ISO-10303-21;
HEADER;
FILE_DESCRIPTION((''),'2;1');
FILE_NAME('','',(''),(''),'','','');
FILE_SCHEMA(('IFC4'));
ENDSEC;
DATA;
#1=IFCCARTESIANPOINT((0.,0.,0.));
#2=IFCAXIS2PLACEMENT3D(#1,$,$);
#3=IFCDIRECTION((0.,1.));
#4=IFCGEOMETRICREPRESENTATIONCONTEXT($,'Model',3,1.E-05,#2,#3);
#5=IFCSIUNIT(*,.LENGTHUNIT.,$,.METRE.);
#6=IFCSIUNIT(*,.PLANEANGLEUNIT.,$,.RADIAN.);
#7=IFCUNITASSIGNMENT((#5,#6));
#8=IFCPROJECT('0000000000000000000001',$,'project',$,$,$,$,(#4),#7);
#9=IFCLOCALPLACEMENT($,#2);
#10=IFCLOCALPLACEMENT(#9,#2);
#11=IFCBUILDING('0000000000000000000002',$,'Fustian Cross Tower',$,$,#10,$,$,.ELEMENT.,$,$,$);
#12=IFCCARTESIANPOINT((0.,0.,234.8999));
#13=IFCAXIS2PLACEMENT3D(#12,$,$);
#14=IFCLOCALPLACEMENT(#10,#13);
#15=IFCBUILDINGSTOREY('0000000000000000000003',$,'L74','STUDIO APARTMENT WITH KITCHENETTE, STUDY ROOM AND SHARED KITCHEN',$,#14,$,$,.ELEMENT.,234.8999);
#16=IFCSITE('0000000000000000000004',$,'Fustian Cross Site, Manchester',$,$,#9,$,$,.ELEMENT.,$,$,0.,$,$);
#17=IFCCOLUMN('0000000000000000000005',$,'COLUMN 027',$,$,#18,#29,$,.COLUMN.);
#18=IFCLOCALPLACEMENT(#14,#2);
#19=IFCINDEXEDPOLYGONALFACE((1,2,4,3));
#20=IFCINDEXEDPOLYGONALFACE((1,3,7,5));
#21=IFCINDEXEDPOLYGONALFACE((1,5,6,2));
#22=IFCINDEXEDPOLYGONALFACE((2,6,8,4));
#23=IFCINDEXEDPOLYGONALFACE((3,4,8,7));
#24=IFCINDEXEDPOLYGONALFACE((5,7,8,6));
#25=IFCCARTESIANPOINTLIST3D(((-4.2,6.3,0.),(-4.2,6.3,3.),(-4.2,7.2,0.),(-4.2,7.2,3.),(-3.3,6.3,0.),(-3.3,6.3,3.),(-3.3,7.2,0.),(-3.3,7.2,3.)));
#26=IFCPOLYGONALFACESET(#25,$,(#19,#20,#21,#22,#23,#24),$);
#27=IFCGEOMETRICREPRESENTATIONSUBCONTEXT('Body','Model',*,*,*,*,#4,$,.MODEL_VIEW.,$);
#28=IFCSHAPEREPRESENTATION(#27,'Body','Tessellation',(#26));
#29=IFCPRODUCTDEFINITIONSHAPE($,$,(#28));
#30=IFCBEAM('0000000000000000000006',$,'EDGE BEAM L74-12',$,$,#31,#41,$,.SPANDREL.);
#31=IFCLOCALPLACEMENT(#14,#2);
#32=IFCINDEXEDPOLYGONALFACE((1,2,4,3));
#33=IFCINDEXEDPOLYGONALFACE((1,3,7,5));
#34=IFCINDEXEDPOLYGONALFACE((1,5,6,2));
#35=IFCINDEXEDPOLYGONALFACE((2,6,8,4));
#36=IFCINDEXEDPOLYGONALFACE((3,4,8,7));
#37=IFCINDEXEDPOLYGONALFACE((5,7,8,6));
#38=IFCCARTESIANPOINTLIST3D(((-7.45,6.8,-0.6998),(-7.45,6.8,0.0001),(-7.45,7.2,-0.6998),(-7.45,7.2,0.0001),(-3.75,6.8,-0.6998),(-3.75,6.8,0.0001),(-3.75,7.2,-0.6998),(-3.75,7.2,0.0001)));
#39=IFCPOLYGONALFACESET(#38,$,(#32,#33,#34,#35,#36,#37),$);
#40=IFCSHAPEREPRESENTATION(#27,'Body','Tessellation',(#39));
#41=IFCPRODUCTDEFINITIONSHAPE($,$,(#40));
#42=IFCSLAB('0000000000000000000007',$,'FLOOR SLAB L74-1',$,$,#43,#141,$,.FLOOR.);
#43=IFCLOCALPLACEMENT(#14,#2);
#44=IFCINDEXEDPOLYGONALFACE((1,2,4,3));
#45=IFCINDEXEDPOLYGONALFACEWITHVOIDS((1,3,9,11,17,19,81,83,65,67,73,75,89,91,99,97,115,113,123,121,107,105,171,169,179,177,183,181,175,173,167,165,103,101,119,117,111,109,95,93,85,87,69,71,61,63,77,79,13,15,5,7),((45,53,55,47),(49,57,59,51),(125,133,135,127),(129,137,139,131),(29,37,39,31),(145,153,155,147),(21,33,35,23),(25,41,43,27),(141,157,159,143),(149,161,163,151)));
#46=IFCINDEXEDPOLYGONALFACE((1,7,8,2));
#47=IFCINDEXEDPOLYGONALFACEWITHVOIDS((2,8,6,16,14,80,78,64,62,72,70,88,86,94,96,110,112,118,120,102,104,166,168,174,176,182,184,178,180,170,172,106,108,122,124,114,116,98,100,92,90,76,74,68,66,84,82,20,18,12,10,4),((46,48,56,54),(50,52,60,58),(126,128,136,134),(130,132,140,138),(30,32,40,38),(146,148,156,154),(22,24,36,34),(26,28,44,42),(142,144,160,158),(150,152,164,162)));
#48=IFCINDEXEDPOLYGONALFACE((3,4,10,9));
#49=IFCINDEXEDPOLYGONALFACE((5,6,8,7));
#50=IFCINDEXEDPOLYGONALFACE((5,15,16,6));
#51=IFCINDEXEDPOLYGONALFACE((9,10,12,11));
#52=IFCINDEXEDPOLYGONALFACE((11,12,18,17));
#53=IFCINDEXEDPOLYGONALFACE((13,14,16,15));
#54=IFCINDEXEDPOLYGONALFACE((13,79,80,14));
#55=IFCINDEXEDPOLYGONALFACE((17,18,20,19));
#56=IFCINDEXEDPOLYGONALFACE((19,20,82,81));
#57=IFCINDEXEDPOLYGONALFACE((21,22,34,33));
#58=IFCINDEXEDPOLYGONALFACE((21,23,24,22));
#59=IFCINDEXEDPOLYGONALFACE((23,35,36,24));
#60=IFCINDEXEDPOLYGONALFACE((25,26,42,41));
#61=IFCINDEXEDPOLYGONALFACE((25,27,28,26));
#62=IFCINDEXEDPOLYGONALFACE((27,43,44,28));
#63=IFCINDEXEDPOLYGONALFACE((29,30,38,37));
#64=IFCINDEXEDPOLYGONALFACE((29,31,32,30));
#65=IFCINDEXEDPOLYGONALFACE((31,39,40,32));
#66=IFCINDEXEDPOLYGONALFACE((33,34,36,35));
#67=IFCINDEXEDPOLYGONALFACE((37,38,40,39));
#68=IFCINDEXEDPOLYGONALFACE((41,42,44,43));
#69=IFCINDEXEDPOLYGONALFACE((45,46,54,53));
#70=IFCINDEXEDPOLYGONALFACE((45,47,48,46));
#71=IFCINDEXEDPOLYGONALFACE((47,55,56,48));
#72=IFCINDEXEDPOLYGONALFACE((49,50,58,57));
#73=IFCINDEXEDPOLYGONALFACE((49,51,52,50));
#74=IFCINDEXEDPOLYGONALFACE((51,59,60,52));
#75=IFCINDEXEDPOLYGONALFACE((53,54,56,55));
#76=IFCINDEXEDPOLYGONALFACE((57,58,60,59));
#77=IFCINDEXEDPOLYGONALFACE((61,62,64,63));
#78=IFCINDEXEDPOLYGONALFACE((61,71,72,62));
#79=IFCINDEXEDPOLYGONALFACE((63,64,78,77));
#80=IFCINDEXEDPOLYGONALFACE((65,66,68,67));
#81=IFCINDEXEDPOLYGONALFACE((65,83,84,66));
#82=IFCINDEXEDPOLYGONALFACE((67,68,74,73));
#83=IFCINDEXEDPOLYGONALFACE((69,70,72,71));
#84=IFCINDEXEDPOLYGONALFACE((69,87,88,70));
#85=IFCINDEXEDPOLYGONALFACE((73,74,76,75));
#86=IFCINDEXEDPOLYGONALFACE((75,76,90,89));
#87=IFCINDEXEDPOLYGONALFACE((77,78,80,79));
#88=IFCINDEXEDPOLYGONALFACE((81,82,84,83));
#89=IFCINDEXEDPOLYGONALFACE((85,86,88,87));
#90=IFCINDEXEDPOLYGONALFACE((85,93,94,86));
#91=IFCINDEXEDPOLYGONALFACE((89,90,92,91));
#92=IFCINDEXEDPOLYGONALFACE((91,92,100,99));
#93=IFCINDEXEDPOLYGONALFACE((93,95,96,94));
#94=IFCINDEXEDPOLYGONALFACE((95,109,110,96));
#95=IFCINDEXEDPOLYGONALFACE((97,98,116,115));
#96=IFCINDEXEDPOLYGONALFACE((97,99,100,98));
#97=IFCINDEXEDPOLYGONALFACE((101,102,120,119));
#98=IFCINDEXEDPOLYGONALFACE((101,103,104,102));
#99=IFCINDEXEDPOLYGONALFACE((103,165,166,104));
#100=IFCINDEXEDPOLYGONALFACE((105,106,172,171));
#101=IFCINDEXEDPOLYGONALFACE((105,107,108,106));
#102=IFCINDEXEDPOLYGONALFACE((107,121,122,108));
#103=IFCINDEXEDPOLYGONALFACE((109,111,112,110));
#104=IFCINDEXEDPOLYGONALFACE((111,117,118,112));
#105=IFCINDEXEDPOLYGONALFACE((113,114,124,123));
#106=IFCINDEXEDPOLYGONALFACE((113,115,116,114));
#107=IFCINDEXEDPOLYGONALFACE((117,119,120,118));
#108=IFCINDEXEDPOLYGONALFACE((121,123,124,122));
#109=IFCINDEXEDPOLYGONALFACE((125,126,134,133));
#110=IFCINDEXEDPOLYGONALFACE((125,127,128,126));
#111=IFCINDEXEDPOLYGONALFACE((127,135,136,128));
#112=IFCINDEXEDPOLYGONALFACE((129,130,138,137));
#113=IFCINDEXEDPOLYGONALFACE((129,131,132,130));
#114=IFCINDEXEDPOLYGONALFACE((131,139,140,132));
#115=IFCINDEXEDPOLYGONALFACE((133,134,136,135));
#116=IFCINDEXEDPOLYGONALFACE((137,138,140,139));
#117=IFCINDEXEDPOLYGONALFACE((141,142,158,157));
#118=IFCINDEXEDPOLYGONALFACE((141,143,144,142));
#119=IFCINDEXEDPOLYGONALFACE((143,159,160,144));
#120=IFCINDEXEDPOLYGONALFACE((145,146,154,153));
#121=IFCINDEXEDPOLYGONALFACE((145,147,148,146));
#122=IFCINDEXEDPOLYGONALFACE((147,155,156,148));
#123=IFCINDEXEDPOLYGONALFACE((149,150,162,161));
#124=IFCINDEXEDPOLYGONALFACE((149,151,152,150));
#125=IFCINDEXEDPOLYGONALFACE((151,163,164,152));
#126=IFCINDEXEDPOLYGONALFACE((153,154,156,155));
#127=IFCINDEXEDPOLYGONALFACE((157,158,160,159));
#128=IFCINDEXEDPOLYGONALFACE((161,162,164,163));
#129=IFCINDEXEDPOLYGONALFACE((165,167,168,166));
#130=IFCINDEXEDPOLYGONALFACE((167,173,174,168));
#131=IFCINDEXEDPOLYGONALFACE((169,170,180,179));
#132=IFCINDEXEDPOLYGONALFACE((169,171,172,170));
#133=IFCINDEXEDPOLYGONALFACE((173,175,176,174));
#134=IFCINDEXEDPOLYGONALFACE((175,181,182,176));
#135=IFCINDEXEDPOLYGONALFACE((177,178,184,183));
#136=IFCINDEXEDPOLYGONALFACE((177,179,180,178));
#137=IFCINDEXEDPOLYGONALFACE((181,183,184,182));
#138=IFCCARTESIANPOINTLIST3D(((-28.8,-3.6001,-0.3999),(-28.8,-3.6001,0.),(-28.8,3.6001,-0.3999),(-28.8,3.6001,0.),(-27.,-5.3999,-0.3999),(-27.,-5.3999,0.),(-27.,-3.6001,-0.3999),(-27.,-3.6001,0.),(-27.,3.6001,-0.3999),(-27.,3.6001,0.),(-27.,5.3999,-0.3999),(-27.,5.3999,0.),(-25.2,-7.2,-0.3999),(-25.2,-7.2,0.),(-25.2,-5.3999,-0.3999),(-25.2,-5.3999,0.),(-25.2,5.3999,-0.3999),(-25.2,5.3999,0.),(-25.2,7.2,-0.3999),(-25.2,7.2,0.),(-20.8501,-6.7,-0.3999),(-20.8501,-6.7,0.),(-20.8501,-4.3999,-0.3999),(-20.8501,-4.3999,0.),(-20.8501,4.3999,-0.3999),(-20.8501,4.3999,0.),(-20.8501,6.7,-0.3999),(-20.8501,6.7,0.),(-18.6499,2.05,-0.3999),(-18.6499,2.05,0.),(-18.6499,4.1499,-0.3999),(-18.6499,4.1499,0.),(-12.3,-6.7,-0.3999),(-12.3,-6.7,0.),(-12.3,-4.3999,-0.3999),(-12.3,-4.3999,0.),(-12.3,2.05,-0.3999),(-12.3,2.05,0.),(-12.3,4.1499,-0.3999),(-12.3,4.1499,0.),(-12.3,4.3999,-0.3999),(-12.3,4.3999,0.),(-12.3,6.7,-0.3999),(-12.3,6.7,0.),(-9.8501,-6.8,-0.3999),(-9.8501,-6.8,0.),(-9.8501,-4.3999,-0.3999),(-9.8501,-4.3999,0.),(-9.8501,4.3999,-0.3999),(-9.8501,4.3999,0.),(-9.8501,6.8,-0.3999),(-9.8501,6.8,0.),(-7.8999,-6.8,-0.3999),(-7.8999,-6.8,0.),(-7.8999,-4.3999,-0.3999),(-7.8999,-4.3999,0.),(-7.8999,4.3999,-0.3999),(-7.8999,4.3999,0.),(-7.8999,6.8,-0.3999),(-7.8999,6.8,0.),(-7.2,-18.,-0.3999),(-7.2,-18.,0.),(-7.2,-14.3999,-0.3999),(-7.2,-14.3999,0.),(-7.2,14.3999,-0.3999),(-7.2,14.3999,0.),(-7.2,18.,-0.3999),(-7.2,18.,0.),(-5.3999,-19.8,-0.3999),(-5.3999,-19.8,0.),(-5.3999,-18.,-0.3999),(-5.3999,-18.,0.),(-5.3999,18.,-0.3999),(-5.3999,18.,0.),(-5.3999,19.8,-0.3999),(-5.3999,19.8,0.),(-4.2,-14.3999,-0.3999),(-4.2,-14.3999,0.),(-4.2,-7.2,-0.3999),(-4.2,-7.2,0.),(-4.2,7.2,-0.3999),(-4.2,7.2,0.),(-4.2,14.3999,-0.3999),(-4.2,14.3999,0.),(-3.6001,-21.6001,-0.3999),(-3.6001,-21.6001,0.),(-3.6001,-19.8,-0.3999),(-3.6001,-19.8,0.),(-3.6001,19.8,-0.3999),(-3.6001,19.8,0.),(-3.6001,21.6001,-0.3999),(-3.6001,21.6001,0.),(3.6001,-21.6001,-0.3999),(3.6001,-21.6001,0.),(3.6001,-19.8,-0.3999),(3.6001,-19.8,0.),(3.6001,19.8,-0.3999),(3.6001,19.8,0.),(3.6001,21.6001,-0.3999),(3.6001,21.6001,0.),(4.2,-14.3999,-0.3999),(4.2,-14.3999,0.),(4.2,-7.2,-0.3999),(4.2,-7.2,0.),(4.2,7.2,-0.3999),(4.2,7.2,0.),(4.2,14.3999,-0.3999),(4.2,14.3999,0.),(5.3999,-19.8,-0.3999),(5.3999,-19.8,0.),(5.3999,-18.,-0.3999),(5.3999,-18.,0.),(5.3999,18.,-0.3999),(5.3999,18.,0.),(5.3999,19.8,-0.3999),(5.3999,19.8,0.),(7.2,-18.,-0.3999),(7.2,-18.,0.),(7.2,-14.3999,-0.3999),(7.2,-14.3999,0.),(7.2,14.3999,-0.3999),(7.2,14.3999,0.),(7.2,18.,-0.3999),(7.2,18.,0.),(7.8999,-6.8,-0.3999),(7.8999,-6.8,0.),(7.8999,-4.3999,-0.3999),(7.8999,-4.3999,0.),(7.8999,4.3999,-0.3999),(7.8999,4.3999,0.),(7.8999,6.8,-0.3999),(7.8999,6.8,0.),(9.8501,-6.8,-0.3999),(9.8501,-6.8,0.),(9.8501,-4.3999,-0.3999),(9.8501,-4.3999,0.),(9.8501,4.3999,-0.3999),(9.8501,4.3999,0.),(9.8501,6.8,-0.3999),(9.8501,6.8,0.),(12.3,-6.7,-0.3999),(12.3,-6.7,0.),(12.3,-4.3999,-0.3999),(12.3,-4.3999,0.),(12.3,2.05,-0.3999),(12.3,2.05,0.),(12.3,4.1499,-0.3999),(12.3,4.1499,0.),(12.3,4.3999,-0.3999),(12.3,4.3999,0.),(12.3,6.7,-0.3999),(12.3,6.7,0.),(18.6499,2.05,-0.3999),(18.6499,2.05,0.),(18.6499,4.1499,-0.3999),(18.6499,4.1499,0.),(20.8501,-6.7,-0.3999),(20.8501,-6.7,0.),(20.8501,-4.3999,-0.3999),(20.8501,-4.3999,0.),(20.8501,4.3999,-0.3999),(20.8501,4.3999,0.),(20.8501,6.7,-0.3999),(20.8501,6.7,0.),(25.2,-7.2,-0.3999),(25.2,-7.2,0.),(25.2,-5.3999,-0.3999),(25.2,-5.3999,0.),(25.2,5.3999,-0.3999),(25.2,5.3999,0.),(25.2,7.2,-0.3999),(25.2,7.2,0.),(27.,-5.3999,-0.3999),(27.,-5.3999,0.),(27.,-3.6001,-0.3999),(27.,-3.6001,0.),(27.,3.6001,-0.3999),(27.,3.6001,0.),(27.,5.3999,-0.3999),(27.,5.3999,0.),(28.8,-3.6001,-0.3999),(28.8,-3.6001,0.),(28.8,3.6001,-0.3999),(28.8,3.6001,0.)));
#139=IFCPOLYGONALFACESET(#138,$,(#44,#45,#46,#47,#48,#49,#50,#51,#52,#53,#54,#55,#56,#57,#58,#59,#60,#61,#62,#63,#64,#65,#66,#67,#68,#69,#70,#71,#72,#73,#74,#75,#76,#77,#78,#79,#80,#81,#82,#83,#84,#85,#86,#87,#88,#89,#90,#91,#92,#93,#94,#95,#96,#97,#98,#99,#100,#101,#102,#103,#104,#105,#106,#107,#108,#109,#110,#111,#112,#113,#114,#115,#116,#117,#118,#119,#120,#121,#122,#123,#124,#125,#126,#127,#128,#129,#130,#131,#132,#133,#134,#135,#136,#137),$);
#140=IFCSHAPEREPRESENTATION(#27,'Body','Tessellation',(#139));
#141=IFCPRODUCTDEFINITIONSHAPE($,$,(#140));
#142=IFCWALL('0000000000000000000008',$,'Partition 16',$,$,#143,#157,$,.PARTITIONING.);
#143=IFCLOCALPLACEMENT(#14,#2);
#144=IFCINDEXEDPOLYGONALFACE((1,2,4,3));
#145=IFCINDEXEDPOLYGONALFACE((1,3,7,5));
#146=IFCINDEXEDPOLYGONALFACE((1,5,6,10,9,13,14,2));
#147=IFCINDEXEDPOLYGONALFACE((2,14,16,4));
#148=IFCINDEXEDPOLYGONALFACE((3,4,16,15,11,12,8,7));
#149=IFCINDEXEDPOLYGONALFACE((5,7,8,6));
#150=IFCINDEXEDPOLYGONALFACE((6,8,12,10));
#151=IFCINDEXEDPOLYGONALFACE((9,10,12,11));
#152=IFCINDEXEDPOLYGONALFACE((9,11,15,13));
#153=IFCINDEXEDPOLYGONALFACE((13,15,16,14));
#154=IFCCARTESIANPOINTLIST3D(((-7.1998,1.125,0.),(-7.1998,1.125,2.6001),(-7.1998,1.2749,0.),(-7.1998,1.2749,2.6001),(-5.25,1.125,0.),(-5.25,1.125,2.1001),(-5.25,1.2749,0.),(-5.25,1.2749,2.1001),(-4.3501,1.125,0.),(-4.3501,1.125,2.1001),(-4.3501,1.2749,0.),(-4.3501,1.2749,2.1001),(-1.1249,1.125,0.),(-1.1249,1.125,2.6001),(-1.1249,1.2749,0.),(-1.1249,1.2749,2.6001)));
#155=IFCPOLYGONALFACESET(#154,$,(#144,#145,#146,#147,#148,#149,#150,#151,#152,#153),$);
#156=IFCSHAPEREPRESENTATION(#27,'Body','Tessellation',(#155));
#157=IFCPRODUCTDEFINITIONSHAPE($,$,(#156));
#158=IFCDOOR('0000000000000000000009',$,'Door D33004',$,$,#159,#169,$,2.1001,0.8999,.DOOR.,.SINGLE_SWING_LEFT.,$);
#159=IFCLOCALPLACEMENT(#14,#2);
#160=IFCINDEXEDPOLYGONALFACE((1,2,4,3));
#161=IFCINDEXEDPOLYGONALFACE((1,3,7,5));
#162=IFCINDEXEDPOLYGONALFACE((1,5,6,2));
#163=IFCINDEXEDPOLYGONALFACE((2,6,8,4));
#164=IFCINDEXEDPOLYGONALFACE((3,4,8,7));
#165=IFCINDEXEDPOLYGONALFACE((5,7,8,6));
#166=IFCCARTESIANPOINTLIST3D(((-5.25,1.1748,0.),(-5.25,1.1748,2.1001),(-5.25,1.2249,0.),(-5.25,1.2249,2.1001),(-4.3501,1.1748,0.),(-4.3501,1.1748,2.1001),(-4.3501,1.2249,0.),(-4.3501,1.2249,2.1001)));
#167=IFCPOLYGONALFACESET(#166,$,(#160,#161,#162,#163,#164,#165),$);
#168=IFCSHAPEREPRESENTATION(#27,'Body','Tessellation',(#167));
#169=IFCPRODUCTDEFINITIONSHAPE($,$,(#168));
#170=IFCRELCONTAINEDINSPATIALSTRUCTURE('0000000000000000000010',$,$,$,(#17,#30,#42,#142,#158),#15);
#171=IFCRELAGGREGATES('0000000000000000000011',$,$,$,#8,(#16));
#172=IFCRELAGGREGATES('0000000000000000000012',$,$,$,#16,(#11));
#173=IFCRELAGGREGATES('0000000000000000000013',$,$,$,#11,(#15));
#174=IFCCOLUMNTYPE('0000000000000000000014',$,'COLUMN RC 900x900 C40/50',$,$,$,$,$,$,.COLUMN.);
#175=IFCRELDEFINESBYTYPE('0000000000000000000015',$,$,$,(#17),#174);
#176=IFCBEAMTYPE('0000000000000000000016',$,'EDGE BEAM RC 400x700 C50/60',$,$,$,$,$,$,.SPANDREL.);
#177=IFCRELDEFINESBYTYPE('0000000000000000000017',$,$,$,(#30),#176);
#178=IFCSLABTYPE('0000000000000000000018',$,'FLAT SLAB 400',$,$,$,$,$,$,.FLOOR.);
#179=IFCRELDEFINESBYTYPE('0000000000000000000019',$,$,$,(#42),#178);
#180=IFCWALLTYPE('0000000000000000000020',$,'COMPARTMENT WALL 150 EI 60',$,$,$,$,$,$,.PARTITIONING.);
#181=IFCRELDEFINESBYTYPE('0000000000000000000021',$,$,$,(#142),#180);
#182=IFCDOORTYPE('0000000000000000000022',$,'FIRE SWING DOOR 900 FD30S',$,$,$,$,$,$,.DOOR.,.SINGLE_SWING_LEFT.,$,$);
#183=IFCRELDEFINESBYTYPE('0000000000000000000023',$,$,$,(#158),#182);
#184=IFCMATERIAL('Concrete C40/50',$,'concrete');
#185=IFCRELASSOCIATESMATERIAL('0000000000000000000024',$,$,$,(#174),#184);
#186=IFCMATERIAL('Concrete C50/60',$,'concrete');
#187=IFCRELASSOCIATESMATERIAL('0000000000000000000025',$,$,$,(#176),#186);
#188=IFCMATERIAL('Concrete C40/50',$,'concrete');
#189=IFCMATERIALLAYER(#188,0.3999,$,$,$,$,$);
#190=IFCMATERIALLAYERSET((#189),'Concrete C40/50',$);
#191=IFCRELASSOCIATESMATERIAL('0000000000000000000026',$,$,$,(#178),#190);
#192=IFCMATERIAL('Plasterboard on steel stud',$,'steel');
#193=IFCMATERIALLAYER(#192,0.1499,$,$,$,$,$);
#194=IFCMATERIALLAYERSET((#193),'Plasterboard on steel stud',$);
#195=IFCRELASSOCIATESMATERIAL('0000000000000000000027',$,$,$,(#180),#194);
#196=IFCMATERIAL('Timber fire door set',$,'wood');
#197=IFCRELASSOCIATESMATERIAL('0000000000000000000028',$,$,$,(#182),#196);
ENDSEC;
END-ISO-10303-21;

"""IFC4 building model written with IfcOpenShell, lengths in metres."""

from ifc_helpers import new_model, si_unit, direction, frame, frame_2d, origin, origin_2d, place, context, subcontext, project, spatial, polyline, rectangle, outline, extrude, material, layer, layer_set, material_profile, profile_set, type_object, element, fill, save


model = new_model("IFC4")

# Units and contexts
model_context = context("Model", 3, precision=1e-05, world=origin(), true_north=direction((0.0, 1.0)))
body_context = subcontext(model_context, "Body", "Model", "MODEL_VIEW")
ifc_project = project(units=[si_unit("LENGTHUNIT", "METRE"), si_unit("PLANEANGLEUNIT", "RADIAN")], contexts=[model_context])

# Site, building, storey
site_placement = place(None, origin())
site = spatial("IfcSite", under=ifc_project, at=site_placement, Name="Fustian Cross Site, Manchester", CompositionType="ELEMENT", RefElevation=0.0)
building_placement = place(site_placement, origin())
building = spatial("IfcBuilding", under=site, at=building_placement, Name="Fustian Cross Tower", CompositionType="ELEMENT")
storey_placement = place(building_placement, frame((0.0, 0.0, 234.8999)))
storey = spatial("IfcBuildingStorey", under=building, at=storey_placement, Name="L74", Description="STUDIO APARTMENT WITH KITCHENETTE, STUDY ROOM AND SHARED KITCHEN", CompositionType="ELEMENT", Elevation=234.8999)

# Column
ifc_material_1 = material(Name="Concrete C40/50", Category="concrete")
ifc_material_profile_1 = material_profile(ifc_material_1, rectangle(XDim=0.8999, YDim=0.8999, at=origin_2d()), Name="RC 900x900")
ifc_profile_set_1 = profile_set([ifc_material_profile_1], Name="Concrete C40/50")
column_type = type_object("IfcColumnType", Name="COLUMN RC 900x900 C40/50", PredefinedType="COLUMN", material=ifc_profile_set_1)
column_placement = place(storey_placement, frame((-3.75, 6.75, 0.0), z_axis=(0.0, 0.0, 1.0), x_axis=(1.0, 0.0, 0.0)))
element("IfcColumn", 1, at=column_placement, inside=storey, type_object=column_type, Name="COLUMN 027", PredefinedType="COLUMN", context=body_context, shape_type="SweptSolid", body=[
    extrude(rectangle(XDim=0.8999, YDim=0.8999, at=origin_2d()), origin(), (0.0, 0.0, 1.0), 3.0),
])

# Beam
ifc_material_2 = material(Name="Concrete C50/60", Category="concrete")
ifc_material_profile_2 = material_profile(ifc_material_2, rectangle(XDim=0.3999, YDim=0.7, at=origin_2d()), Name="RC 400x700")
ifc_profile_set_2 = profile_set([ifc_material_profile_2], Name="Concrete C50/60")
beam_type = type_object("IfcBeamType", Name="EDGE BEAM RC 400x700 C50/60", PredefinedType="SPANDREL", material=ifc_profile_set_2)
beam_placement = place(storey_placement, frame((-3.75, 7.0, -0.3499), z_axis=(-1.0, 0.0, 0.0), x_axis=(0.0, -1.0, 0.0)))
element("IfcBeam", 2, at=beam_placement, inside=storey, type_object=beam_type, Name="EDGE BEAM L74-12", PredefinedType="SPANDREL", context=body_context, shape_type="SweptSolid", body=[
    extrude(rectangle(XDim=0.3999, YDim=0.7, at=origin_2d()), origin(), (0.0, 0.0, 1.0), 3.7),
])

# Slab
ifc_material_3 = material(Name="Concrete C40/50", Category="concrete")
ifc_layer_1 = layer(ifc_material_3, 0.3999)
ifc_layer_set_1 = layer_set([ifc_layer_1], Name="Concrete C40/50")
slab_type = type_object("IfcSlabType", Name="FLAT SLAB 400", PredefinedType="FLOOR", material=ifc_layer_set_1)
slab_placement = place(storey_placement, frame((0.0, 0.0, -0.3999)))
element("IfcSlab", 3, at=slab_placement, inside=storey, type_object=slab_type, Name="FLOOR SLAB L74-1", PredefinedType="FLOOR", context=body_context, shape_type="SweptSolid", body=[
    extrude(outline(polyline([(-3.6001, -19.8), (-5.3999, -19.8), (-5.3999, -18.0), (-7.2, -18.0), (-7.2, -14.3999), (-4.2, -14.3999), (-4.2, -7.2), (-25.2, -7.2), (-25.2, -5.3999), (-27.0, -5.3999), (-27.0, -3.6001), (-28.8, -3.6001), (-28.8, 3.6001), (-27.0, 3.6001), (-27.0, 5.3999), (-25.2, 5.3999), (-25.2, 7.2), (-4.2, 7.2), (-4.2, 14.3999), (-7.2, 14.3999), (-7.2, 18.0), (-5.3999, 18.0), (-5.3999, 19.8), (-3.6001, 19.8), (-3.6001, 21.6001), (3.6001, 21.6001), (3.6001, 19.8), (5.3999, 19.8), (5.3999, 18.0), (7.2, 18.0), (7.2, 14.3999), (4.2, 14.3999), (4.2, 7.2), (25.2, 7.2), (25.2, 5.3999), (27.0, 5.3999), (27.0, 3.6001), (28.8, 3.6001), (28.8, -3.6001), (27.0, -3.6001), (27.0, -5.3999), (25.2, -5.3999), (25.2, -7.2), (4.2, -7.2), (4.2, -14.3999), (7.2, -14.3999), (7.2, -18.0), (5.3999, -18.0), (5.3999, -19.8), (3.6001, -19.8), (3.6001, -21.6001), (-3.6001, -21.6001), (-3.6001, -19.8)]), holes=[polyline([(7.8999, 6.8), (7.8999, 4.3999), (9.8501, 4.3999), (9.8501, 6.8), (7.8999, 6.8)]), polyline([(9.8501, -4.3999), (7.8999, -4.3999), (7.8999, -6.8), (9.8501, -6.8), (9.8501, -4.3999)]), polyline([(-7.8999, 4.3999), (-7.8999, 6.8), (-9.8501, 6.8), (-9.8501, 4.3999), (-7.8999, 4.3999)]), polyline([(-9.8501, -6.8), (-7.8999, -6.8), (-7.8999, -4.3999), (-9.8501, -4.3999), (-9.8501, -6.8)]), polyline([(12.3, 4.1499), (12.3, 2.05), (18.6499, 2.05), (18.6499, 4.1499), (12.3, 4.1499)]), polyline([(-12.3, 4.1499), (-18.6499, 4.1499), (-18.6499, 2.05), (-12.3, 2.05), (-12.3, 4.1499)]), polyline([(20.8501, 4.3999), (20.8501, 6.7), (12.3, 6.7), (12.3, 4.3999), (20.8501, 4.3999)]), polyline([(12.3, -6.7), (20.8501, -6.7), (20.8501, -4.3999), (12.3, -4.3999), (12.3, -6.7)]), polyline([(-20.8501, 6.7), (-20.8501, 4.3999), (-12.3, 4.3999), (-12.3, 6.7), (-20.8501, 6.7)]), polyline([(-12.3, -4.3999), (-20.8501, -4.3999), (-20.8501, -6.7), (-12.3, -6.7), (-12.3, -4.3999)])]), origin(), (0.0, 0.0, 1.0), 0.3999),
])

# Wall, opening, door
ifc_material_4 = material(Name="Plasterboard on steel stud", Category="steel")
ifc_layer_2 = layer(ifc_material_4, 0.1499)
ifc_layer_set_2 = layer_set([ifc_layer_2], Name="Plasterboard on steel stud")
wall_type_1 = type_object("IfcWallType", Name="COMPARTMENT WALL 150 EI 60", PredefinedType="PARTITIONING", material=ifc_layer_set_2)
wall_1_placement = place(storey_placement, frame((-7.2, 1.2, 0.0), z_axis=(0.0, 0.0, 1.0), x_axis=(1.0, 0.0, 0.0)))
wall_1 = element("IfcWall", 4, at=wall_1_placement, inside=storey, type_object=wall_type_1, Name="Partition 16", PredefinedType="PARTITIONING", context=body_context, shape_type="SweptSolid", body=[
    extrude(rectangle(XDim=6.075, YDim=0.1499, at=frame_2d((3.0376, 0.0))), origin(), (0.0, 0.0, 1.0), 2.6001),
])
opening_1_placement = place(wall_1_placement, frame((1.95, 0.0, 0.0)))
opening_1 = element("IfcOpeningElement", 5, at=opening_1_placement, cuts=wall_1, PredefinedType="OPENING", context=body_context, shape_type="SweptSolid", body=[
    extrude(rectangle(XDim=0.8999, YDim=2.1001, at=frame_2d((0.45, 1.05))), frame((0.0, 0.085, 0.0), z_axis=(0.0, -1.0, 0.0), x_axis=(1.0, 0.0, 0.0)), (0.0, 0.0, 1.0), 0.1699),
])
ifc_material_5 = material(Name="Timber fire door set", Category="wood")
door_type_1 = type_object("IfcDoorType", Name="FIRE SWING DOOR 900 FD30S", OperationType="SINGLE_SWING_LEFT", PredefinedType="DOOR", material=ifc_material_5)
door_1_placement = place(opening_1_placement, origin())
door_1 = element("IfcDoor", 6, at=door_1_placement, inside=storey, type_object=door_type_1, Name="Door D33004", OperationType="SINGLE_SWING_LEFT", OverallHeight=2.1001, OverallWidth=0.8999, PredefinedType="DOOR", context=body_context, shape_type="SweptSolid", body=[
    extrude(rectangle(XDim=0.8999, YDim=2.1001, at=frame_2d((0.45, 1.05))), frame((0.0, 0.0249, 0.0), z_axis=(0.0, -1.0, 0.0), x_axis=(1.0, 0.0, 0.0)), (0.0, 0.0, 1.0), 0.05),
])
fill(opening_1, door_1)

save(model, "model.ifc")
